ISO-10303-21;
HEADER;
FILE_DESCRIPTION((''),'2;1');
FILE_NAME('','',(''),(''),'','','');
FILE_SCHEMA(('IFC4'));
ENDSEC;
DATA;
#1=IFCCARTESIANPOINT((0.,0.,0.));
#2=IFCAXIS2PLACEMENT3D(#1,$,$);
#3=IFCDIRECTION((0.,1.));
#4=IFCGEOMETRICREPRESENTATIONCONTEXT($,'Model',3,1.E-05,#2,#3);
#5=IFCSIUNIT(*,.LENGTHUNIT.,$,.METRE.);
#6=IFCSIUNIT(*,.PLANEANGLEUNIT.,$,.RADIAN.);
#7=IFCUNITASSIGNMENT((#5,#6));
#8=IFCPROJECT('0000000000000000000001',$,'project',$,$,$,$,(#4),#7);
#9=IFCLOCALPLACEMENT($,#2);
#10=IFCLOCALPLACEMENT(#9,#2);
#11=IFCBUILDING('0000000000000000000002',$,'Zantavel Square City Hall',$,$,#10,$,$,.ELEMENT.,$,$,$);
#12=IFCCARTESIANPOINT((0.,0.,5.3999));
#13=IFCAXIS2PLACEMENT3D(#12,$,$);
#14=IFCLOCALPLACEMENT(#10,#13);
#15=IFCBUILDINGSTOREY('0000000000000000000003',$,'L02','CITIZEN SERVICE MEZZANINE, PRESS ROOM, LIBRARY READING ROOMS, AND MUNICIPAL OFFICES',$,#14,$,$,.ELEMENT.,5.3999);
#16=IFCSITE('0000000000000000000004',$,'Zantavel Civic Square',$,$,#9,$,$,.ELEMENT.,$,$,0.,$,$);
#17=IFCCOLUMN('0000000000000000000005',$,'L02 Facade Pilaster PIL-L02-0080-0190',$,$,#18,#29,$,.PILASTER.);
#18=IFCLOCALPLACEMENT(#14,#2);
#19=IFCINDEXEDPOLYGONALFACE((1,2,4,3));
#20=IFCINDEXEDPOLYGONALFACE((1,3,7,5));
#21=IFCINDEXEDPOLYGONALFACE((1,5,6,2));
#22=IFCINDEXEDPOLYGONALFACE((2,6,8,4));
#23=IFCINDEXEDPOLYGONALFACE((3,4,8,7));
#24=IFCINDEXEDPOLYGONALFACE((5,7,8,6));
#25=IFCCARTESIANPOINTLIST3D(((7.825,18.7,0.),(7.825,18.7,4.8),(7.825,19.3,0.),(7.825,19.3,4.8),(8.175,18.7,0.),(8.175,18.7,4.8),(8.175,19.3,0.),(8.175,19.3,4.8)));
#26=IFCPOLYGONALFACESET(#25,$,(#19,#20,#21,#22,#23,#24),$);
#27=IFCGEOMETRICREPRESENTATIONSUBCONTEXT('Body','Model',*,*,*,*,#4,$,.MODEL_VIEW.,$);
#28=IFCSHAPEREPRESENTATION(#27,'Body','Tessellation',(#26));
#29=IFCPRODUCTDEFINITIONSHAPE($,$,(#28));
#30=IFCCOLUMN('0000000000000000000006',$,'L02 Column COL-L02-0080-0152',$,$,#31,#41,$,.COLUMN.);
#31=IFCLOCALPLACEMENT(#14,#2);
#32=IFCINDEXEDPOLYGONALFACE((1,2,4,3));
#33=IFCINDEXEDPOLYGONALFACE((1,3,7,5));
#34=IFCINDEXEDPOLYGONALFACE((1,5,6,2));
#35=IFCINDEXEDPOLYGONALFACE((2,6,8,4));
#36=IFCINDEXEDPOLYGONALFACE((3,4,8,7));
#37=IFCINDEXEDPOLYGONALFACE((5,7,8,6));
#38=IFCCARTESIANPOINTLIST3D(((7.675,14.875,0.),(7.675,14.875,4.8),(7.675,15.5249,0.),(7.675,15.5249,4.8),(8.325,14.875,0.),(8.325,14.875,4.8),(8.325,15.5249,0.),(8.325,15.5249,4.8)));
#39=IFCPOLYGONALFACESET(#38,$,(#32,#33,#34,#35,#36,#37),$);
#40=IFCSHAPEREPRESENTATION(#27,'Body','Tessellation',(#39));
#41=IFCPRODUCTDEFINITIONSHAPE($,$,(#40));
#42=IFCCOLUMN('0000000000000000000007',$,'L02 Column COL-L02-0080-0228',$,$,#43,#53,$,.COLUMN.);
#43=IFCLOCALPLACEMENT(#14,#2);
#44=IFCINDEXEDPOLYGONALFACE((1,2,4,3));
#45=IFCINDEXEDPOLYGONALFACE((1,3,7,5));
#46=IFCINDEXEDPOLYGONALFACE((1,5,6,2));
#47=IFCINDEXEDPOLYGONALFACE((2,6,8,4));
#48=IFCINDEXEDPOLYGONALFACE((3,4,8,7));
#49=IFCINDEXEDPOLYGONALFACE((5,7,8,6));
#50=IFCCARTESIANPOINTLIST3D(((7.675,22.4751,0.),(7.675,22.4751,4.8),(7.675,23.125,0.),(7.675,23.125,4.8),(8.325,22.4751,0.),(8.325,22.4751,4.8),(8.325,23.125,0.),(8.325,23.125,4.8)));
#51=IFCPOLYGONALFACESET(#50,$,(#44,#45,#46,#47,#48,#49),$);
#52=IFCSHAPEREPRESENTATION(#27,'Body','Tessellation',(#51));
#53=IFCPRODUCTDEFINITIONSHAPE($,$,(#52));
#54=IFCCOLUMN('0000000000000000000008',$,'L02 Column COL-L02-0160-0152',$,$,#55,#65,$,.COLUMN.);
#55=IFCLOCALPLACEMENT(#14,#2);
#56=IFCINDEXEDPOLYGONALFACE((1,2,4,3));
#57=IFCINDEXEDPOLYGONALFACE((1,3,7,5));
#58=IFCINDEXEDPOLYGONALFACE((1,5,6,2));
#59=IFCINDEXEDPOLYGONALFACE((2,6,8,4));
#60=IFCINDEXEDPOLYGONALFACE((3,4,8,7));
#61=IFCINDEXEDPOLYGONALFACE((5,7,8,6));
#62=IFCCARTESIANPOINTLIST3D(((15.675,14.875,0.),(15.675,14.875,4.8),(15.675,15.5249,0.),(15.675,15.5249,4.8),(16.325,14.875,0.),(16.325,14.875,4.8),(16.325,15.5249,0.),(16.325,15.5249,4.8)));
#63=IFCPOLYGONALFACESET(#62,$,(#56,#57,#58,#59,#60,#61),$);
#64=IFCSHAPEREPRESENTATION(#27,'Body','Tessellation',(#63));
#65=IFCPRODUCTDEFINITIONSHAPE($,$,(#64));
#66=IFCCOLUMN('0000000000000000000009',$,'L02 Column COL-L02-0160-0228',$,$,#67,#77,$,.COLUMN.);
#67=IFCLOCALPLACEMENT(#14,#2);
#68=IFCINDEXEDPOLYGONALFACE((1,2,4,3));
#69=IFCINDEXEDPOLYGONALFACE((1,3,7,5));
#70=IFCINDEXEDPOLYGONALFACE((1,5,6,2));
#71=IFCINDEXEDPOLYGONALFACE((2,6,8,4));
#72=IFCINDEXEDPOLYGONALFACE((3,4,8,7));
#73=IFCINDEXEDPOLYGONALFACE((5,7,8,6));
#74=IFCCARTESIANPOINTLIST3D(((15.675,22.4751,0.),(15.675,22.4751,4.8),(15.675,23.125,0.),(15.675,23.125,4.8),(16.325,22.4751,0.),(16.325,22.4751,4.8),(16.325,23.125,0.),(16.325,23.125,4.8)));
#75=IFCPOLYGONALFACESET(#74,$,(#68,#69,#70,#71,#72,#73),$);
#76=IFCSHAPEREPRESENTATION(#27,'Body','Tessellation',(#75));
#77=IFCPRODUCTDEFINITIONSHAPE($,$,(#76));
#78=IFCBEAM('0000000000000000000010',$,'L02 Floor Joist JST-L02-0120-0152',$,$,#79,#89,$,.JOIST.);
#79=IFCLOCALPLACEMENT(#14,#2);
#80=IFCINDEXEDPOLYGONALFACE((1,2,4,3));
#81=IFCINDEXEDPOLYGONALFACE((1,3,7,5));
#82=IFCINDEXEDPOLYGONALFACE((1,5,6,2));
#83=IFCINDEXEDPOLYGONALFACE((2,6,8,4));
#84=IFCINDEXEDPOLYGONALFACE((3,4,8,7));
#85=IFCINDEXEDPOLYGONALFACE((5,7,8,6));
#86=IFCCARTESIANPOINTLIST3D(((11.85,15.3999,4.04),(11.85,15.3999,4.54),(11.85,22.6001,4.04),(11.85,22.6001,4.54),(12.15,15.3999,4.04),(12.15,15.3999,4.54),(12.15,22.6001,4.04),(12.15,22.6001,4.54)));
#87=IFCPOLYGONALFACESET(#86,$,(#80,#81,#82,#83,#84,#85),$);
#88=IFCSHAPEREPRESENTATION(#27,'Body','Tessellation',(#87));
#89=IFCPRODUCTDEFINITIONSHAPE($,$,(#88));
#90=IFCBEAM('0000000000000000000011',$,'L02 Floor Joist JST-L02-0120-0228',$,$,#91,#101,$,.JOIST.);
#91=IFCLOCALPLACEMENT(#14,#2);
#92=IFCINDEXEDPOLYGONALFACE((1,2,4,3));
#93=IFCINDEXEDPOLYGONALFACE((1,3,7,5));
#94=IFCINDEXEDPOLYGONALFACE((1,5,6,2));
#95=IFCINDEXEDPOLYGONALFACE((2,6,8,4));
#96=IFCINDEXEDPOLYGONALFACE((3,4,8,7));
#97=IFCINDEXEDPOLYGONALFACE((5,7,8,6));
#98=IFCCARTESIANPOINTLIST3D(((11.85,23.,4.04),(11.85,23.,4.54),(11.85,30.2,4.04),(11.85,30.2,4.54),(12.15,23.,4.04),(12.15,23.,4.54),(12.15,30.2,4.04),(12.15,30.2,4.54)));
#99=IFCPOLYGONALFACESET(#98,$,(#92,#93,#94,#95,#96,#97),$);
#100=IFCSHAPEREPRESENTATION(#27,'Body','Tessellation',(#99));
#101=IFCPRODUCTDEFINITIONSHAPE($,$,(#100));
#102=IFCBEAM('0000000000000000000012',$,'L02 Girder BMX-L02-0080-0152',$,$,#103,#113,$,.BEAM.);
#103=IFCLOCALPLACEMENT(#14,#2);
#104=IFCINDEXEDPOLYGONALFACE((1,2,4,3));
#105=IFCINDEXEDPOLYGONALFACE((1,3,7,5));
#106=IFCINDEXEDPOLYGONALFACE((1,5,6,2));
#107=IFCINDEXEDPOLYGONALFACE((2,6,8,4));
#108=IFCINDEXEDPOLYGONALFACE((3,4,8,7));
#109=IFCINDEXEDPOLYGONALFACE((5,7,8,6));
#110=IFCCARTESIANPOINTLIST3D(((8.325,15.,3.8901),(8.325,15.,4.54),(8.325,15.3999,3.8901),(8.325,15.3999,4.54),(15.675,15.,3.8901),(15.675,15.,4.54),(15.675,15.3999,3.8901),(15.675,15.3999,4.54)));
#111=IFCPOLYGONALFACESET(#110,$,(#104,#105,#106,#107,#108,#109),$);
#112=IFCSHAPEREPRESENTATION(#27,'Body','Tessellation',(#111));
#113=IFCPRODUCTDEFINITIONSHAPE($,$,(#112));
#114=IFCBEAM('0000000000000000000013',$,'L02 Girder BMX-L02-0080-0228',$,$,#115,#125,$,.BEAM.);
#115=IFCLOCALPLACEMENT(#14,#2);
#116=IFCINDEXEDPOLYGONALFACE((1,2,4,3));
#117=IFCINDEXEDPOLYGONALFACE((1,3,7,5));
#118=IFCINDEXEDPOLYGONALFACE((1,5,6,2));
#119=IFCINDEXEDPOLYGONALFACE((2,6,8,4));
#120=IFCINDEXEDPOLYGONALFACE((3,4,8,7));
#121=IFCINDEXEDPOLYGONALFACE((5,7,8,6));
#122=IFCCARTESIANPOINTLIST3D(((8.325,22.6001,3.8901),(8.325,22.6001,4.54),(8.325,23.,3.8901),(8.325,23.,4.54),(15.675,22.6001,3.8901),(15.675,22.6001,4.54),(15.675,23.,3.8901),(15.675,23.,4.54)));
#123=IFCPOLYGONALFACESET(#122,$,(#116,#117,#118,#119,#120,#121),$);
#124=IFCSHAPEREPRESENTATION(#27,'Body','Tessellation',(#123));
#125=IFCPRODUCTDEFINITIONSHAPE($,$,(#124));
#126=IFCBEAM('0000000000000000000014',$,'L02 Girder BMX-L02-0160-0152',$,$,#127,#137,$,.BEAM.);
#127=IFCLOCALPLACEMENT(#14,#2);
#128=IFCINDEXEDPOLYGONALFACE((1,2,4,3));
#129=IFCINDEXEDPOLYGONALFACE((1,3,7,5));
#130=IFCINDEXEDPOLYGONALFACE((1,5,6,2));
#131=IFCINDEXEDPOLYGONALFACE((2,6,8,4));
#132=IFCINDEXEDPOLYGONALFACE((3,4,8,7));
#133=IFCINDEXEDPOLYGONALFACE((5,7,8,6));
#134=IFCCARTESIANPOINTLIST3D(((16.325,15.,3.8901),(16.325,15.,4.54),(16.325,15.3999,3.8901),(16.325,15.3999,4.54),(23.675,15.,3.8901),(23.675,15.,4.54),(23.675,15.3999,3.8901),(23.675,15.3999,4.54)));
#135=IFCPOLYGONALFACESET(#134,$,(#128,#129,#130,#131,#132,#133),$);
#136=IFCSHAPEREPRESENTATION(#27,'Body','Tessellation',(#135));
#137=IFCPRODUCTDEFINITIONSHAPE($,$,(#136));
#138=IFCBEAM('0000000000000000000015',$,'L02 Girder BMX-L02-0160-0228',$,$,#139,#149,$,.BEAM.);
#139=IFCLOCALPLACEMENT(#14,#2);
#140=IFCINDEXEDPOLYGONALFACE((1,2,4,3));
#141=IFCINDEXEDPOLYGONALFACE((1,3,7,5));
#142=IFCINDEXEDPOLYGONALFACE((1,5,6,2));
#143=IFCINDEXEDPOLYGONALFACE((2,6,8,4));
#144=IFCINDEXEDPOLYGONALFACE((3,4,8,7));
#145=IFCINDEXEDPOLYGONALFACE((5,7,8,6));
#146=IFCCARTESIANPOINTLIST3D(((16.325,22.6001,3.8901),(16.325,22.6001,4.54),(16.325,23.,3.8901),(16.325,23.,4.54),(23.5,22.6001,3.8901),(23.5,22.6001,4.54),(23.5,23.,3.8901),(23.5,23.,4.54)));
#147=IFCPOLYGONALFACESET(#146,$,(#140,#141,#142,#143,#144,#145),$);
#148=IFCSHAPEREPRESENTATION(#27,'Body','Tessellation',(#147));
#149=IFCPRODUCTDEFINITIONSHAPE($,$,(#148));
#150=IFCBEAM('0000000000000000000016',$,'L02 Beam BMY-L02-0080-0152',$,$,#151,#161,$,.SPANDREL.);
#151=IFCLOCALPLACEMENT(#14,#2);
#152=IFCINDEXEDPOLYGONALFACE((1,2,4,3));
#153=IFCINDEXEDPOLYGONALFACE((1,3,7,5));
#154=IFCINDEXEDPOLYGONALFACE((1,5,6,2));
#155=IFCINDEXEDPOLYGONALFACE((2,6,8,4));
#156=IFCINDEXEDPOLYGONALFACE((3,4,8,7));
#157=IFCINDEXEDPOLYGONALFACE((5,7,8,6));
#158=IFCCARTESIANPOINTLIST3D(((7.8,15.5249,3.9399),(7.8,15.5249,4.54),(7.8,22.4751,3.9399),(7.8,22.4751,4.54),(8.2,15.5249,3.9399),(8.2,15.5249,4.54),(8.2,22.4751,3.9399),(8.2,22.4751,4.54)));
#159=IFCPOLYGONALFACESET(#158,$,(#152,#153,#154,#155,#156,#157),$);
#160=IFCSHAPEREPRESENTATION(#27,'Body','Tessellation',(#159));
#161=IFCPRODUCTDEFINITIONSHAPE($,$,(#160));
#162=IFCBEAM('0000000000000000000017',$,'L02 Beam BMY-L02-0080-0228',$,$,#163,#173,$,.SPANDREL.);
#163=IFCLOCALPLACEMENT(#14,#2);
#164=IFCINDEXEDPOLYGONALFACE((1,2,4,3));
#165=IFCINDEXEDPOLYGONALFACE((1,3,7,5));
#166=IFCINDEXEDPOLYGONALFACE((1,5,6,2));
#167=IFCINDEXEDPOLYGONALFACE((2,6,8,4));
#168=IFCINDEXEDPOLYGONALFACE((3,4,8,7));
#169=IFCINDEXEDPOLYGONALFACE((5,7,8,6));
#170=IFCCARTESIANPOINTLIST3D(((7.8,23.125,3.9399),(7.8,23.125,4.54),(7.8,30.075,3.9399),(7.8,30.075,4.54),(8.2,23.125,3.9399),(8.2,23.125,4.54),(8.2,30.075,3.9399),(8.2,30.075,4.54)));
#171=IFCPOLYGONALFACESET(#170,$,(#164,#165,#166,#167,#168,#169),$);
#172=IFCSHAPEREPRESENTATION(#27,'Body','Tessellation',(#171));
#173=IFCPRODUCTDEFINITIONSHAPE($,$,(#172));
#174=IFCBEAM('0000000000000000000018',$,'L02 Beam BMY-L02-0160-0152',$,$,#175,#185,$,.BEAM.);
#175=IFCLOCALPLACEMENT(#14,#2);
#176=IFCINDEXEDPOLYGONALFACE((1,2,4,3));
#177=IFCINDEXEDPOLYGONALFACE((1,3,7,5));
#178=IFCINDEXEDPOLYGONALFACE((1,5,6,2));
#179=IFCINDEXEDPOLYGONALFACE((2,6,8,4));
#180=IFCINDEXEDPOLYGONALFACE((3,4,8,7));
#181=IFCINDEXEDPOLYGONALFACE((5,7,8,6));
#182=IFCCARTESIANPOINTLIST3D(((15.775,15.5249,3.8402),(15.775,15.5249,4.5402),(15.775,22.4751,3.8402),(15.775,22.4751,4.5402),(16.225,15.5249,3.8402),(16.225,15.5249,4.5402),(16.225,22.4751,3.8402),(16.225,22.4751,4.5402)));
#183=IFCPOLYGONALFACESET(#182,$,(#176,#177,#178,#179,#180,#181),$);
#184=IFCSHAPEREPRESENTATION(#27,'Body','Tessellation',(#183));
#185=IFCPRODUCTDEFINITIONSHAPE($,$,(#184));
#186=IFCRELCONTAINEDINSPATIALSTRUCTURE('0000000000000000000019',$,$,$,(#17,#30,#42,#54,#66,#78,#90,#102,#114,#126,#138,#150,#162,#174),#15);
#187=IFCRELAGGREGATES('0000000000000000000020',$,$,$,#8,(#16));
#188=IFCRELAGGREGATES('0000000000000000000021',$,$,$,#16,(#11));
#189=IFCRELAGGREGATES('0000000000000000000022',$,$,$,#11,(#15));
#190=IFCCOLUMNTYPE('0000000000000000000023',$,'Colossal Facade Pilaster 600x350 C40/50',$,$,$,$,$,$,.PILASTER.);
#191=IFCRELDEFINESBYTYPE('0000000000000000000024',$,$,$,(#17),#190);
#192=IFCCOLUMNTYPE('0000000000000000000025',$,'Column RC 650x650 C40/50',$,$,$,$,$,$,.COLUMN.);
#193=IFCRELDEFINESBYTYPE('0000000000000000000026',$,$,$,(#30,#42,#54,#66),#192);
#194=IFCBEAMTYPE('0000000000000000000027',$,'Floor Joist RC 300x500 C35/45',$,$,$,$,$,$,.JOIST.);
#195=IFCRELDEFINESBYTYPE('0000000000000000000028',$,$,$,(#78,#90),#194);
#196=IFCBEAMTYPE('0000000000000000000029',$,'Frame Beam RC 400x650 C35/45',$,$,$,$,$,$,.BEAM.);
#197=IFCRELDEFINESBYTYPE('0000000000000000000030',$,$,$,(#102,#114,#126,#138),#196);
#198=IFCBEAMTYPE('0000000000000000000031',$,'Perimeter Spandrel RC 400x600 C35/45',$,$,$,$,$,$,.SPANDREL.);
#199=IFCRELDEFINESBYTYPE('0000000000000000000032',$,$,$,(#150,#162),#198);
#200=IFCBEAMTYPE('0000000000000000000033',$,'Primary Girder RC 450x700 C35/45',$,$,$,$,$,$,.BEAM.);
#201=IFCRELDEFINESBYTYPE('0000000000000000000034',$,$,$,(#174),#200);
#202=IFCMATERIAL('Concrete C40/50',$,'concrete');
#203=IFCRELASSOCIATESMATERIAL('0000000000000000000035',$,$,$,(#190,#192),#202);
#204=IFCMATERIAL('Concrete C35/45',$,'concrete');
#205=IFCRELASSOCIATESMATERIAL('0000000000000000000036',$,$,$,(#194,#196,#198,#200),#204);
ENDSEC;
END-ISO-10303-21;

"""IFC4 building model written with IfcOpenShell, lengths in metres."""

from ifc_helpers import new_model, si_unit, direction, frame, origin, origin_2d, place, context, subcontext, project, spatial, rectangle, extrude, material, material_profile, profile_set, type_object, element, save


model = new_model("IFC4")

# Units and contexts
model_context = context("Model", 3, precision=1e-05, world=origin(), true_north=direction((0.0, 1.0)))
body_context = subcontext(model_context, "Body", "Model", "MODEL_VIEW")
ifc_project = project(units=[si_unit("LENGTHUNIT", "METRE"), si_unit("PLANEANGLEUNIT", "RADIAN")], contexts=[model_context])

# Site, building, storey
site_placement = place(None, origin())
site = spatial("IfcSite", under=ifc_project, at=site_placement, Name="Zantavel Civic Square", CompositionType="ELEMENT", RefElevation=0.0)
building_placement = place(site_placement, origin())
building = spatial("IfcBuilding", under=site, at=building_placement, Name="Zantavel Square City Hall", CompositionType="ELEMENT")
storey_placement = place(building_placement, frame((0.0, 0.0, 5.3999)))
storey = spatial("IfcBuildingStorey", under=building, at=storey_placement, Name="L02", Description="CITIZEN SERVICE MEZZANINE, PRESS ROOM, LIBRARY READING ROOMS, AND MUNICIPAL OFFICES", CompositionType="ELEMENT", Elevation=5.3999)

# Columns
ifc_material_1 = material(Name="Concrete C40/50", Category="concrete")
ifc_material_profile_1 = material_profile(ifc_material_1, rectangle(XDim=0.6001, YDim=0.3501, at=origin_2d()), Name="RC 600x350")
ifc_profile_set_1 = profile_set([ifc_material_profile_1], Name="Concrete C40/50")
column_type_1 = type_object("IfcColumnType", Name="Colossal Facade Pilaster 600x350 C40/50", PredefinedType="PILASTER", material=ifc_profile_set_1)
column_placement = place(storey_placement, frame((8.0, 19.0, 0.0), z_axis=(0.0, 0.0, 1.0), x_axis=(0.0, 1.0, 0.0)))
element("IfcColumn", 1, at=column_placement, inside=storey, type_object=column_type_1, Name="L02 Facade Pilaster PIL-L02-0080-0190", PredefinedType="PILASTER", context=body_context, shape_type="SweptSolid", body=[
    extrude(rectangle(XDim=0.6001, YDim=0.3501, at=origin_2d()), origin(), (0.0, 0.0, 1.0), 4.8),
])
ifc_material_profile_2 = material_profile(ifc_material_1, rectangle(XDim=0.6499, YDim=0.6499, at=origin_2d()), Name="RC 650x650")
ifc_profile_set_2 = profile_set([ifc_material_profile_2], Name="Concrete C40/50")
column_type_2 = type_object("IfcColumnType", Name="Column RC 650x650 C40/50", PredefinedType="COLUMN", material=ifc_profile_set_2)
for number, where, z_axis, x_axis, name in (
    (2, (8.0, 15.2, 0.0), (0.0, 0.0, 1.0), (1.0, 0.0, 0.0), "L02 Column COL-L02-0080-0152"),
    (3, (8.0, 22.8, 0.0), (0.0, 0.0, 1.0), (1.0, 0.0, 0.0), "L02 Column COL-L02-0080-0228"),
    (4, (16.0, 15.2, 0.0), (0.0, 0.0, 1.0), (1.0, 0.0, 0.0), "L02 Column COL-L02-0160-0152"),
    (5, (16.0, 22.8, 0.0), (0.0, 0.0, 1.0), (1.0, 0.0, 0.0), "L02 Column COL-L02-0160-0228"),
):
    element("IfcColumn", number, at=place(storey_placement, frame(where, z_axis=z_axis, x_axis=x_axis)), inside=storey, type_object=column_type_2, Name=name, PredefinedType="COLUMN", context=body_context, shape_type="SweptSolid", body=[
        extrude(rectangle(XDim=0.6499, YDim=0.6499, at=origin_2d()), origin(), (0.0, 0.0, 1.0), 4.8),
    ])

# Beams
ifc_material_2 = material(Name="Concrete C35/45", Category="concrete")
ifc_material_profile_3 = material_profile(ifc_material_2, rectangle(XDim=0.3, YDim=0.5, at=origin_2d()), Name="RC 300x500")
ifc_profile_set_3 = profile_set([ifc_material_profile_3], Name="Concrete C35/45")
beam_type_1 = type_object("IfcBeamType", Name="Floor Joist RC 300x500 C35/45", PredefinedType="JOIST", material=ifc_profile_set_3)
beam_1_placement = place(storey_placement, frame((12.0, 15.3999, 4.29), z_axis=(0.0, 1.0, 0.0), x_axis=(-1.0, 0.0, 0.0)))
element("IfcBeam", 6, at=beam_1_placement, inside=storey, type_object=beam_type_1, Name="L02 Floor Joist JST-L02-0120-0152", PredefinedType="JOIST", context=body_context, shape_type="SweptSolid", body=[
    extrude(rectangle(XDim=0.3, YDim=0.5, at=origin_2d()), origin(), (0.0, 0.0, 1.0), 7.2002),
])
beam_2_placement = place(storey_placement, frame((12.0, 23.0, 4.29), z_axis=(0.0, 1.0, 0.0), x_axis=(-1.0, 0.0, 0.0)))
element("IfcBeam", 7, at=beam_2_placement, inside=storey, type_object=beam_type_1, Name="L02 Floor Joist JST-L02-0120-0228", PredefinedType="JOIST", context=body_context, shape_type="SweptSolid", body=[
    extrude(rectangle(XDim=0.3, YDim=0.5, at=origin_2d()), origin(), (0.0, 0.0, 1.0), 7.2),
])
ifc_material_profile_4 = material_profile(ifc_material_2, rectangle(XDim=0.3999, YDim=0.6499, at=origin_2d()), Name="RC 400x650")
ifc_profile_set_4 = profile_set([ifc_material_profile_4], Name="Concrete C35/45")
beam_type_2 = type_object("IfcBeamType", Name="Frame Beam RC 400x650 C35/45", PredefinedType="BEAM", material=ifc_profile_set_4)
for number, where, z_axis, x_axis, name in (
    (8, (8.325, 15.2, 4.2151), (1.0, 0.0, 0.0), (0.0, 1.0, 0.0), "L02 Girder BMX-L02-0080-0152"),
    (9, (8.325, 22.8, 4.2151), (1.0, 0.0, 0.0), (0.0, 1.0, 0.0), "L02 Girder BMX-L02-0080-0228"),
    (10, (16.325, 15.2, 4.2151), (1.0, 0.0, 0.0), (0.0, 1.0, 0.0), "L02 Girder BMX-L02-0160-0152"),
):
    element("IfcBeam", number, at=place(storey_placement, frame(where, z_axis=z_axis, x_axis=x_axis)), inside=storey, type_object=beam_type_2, Name=name, PredefinedType="BEAM", context=body_context, shape_type="SweptSolid", body=[
        extrude(rectangle(XDim=0.3999, YDim=0.6499, at=origin_2d()), origin(), (0.0, 0.0, 1.0), 7.3501),
    ])
beam_3_placement = place(storey_placement, frame((16.325, 22.8, 4.2151), z_axis=(1.0, 0.0, 0.0), x_axis=(0.0, 1.0, 0.0)))
element("IfcBeam", 11, at=beam_3_placement, inside=storey, type_object=beam_type_2, Name="L02 Girder BMX-L02-0160-0228", PredefinedType="BEAM", context=body_context, shape_type="SweptSolid", body=[
    extrude(rectangle(XDim=0.3999, YDim=0.6499, at=origin_2d()), origin(), (0.0, 0.0, 1.0), 7.175),
])
ifc_material_profile_5 = material_profile(ifc_material_2, rectangle(XDim=0.3999, YDim=0.6001, at=origin_2d()), Name="RC 400x600")
ifc_profile_set_5 = profile_set([ifc_material_profile_5], Name="Concrete C35/45")
beam_type_3 = type_object("IfcBeamType", Name="Perimeter Spandrel RC 400x600 C35/45", PredefinedType="SPANDREL", material=ifc_profile_set_5)
beam_4_placement = place(storey_placement, frame((8.0, 15.5249, 4.24), z_axis=(0.0, 1.0, 0.0), x_axis=(-1.0, 0.0, 0.0)))
element("IfcBeam", 12, at=beam_4_placement, inside=storey, type_object=beam_type_3, Name="L02 Beam BMY-L02-0080-0152", PredefinedType="SPANDREL", context=body_context, shape_type="SweptSolid", body=[
    extrude(rectangle(XDim=0.3999, YDim=0.6001, at=origin_2d()), origin(), (0.0, 0.0, 1.0), 6.9502),
])
beam_5_placement = place(storey_placement, frame((8.0, 23.125, 4.24), z_axis=(0.0, 1.0, 0.0), x_axis=(-1.0, 0.0, 0.0)))
element("IfcBeam", 13, at=beam_5_placement, inside=storey, type_object=beam_type_3, Name="L02 Beam BMY-L02-0080-0228", PredefinedType="SPANDREL", context=body_context, shape_type="SweptSolid", body=[
    extrude(rectangle(XDim=0.3999, YDim=0.6001, at=origin_2d()), origin(), (0.0, 0.0, 1.0), 6.95),
])
ifc_material_profile_6 = material_profile(ifc_material_2, rectangle(XDim=0.45, YDim=0.7, at=origin_2d()), Name="RC 450x700")
ifc_profile_set_6 = profile_set([ifc_material_profile_6], Name="Concrete C35/45")
beam_type_4 = type_object("IfcBeamType", Name="Primary Girder RC 450x700 C35/45", PredefinedType="BEAM", material=ifc_profile_set_6)
beam_6_placement = place(storey_placement, frame((16.0, 15.5249, 4.1902), z_axis=(0.0, 1.0, 0.0), x_axis=(-1.0, 0.0, 0.0)))
element("IfcBeam", 14, at=beam_6_placement, inside=storey, type_object=beam_type_4, Name="L02 Beam BMY-L02-0160-0152", PredefinedType="BEAM", context=body_context, shape_type="SweptSolid", body=[
    extrude(rectangle(XDim=0.45, YDim=0.7, at=origin_2d()), origin(), (0.0, 0.0, 1.0), 6.9502),
])

save(model, "model.ifc")
